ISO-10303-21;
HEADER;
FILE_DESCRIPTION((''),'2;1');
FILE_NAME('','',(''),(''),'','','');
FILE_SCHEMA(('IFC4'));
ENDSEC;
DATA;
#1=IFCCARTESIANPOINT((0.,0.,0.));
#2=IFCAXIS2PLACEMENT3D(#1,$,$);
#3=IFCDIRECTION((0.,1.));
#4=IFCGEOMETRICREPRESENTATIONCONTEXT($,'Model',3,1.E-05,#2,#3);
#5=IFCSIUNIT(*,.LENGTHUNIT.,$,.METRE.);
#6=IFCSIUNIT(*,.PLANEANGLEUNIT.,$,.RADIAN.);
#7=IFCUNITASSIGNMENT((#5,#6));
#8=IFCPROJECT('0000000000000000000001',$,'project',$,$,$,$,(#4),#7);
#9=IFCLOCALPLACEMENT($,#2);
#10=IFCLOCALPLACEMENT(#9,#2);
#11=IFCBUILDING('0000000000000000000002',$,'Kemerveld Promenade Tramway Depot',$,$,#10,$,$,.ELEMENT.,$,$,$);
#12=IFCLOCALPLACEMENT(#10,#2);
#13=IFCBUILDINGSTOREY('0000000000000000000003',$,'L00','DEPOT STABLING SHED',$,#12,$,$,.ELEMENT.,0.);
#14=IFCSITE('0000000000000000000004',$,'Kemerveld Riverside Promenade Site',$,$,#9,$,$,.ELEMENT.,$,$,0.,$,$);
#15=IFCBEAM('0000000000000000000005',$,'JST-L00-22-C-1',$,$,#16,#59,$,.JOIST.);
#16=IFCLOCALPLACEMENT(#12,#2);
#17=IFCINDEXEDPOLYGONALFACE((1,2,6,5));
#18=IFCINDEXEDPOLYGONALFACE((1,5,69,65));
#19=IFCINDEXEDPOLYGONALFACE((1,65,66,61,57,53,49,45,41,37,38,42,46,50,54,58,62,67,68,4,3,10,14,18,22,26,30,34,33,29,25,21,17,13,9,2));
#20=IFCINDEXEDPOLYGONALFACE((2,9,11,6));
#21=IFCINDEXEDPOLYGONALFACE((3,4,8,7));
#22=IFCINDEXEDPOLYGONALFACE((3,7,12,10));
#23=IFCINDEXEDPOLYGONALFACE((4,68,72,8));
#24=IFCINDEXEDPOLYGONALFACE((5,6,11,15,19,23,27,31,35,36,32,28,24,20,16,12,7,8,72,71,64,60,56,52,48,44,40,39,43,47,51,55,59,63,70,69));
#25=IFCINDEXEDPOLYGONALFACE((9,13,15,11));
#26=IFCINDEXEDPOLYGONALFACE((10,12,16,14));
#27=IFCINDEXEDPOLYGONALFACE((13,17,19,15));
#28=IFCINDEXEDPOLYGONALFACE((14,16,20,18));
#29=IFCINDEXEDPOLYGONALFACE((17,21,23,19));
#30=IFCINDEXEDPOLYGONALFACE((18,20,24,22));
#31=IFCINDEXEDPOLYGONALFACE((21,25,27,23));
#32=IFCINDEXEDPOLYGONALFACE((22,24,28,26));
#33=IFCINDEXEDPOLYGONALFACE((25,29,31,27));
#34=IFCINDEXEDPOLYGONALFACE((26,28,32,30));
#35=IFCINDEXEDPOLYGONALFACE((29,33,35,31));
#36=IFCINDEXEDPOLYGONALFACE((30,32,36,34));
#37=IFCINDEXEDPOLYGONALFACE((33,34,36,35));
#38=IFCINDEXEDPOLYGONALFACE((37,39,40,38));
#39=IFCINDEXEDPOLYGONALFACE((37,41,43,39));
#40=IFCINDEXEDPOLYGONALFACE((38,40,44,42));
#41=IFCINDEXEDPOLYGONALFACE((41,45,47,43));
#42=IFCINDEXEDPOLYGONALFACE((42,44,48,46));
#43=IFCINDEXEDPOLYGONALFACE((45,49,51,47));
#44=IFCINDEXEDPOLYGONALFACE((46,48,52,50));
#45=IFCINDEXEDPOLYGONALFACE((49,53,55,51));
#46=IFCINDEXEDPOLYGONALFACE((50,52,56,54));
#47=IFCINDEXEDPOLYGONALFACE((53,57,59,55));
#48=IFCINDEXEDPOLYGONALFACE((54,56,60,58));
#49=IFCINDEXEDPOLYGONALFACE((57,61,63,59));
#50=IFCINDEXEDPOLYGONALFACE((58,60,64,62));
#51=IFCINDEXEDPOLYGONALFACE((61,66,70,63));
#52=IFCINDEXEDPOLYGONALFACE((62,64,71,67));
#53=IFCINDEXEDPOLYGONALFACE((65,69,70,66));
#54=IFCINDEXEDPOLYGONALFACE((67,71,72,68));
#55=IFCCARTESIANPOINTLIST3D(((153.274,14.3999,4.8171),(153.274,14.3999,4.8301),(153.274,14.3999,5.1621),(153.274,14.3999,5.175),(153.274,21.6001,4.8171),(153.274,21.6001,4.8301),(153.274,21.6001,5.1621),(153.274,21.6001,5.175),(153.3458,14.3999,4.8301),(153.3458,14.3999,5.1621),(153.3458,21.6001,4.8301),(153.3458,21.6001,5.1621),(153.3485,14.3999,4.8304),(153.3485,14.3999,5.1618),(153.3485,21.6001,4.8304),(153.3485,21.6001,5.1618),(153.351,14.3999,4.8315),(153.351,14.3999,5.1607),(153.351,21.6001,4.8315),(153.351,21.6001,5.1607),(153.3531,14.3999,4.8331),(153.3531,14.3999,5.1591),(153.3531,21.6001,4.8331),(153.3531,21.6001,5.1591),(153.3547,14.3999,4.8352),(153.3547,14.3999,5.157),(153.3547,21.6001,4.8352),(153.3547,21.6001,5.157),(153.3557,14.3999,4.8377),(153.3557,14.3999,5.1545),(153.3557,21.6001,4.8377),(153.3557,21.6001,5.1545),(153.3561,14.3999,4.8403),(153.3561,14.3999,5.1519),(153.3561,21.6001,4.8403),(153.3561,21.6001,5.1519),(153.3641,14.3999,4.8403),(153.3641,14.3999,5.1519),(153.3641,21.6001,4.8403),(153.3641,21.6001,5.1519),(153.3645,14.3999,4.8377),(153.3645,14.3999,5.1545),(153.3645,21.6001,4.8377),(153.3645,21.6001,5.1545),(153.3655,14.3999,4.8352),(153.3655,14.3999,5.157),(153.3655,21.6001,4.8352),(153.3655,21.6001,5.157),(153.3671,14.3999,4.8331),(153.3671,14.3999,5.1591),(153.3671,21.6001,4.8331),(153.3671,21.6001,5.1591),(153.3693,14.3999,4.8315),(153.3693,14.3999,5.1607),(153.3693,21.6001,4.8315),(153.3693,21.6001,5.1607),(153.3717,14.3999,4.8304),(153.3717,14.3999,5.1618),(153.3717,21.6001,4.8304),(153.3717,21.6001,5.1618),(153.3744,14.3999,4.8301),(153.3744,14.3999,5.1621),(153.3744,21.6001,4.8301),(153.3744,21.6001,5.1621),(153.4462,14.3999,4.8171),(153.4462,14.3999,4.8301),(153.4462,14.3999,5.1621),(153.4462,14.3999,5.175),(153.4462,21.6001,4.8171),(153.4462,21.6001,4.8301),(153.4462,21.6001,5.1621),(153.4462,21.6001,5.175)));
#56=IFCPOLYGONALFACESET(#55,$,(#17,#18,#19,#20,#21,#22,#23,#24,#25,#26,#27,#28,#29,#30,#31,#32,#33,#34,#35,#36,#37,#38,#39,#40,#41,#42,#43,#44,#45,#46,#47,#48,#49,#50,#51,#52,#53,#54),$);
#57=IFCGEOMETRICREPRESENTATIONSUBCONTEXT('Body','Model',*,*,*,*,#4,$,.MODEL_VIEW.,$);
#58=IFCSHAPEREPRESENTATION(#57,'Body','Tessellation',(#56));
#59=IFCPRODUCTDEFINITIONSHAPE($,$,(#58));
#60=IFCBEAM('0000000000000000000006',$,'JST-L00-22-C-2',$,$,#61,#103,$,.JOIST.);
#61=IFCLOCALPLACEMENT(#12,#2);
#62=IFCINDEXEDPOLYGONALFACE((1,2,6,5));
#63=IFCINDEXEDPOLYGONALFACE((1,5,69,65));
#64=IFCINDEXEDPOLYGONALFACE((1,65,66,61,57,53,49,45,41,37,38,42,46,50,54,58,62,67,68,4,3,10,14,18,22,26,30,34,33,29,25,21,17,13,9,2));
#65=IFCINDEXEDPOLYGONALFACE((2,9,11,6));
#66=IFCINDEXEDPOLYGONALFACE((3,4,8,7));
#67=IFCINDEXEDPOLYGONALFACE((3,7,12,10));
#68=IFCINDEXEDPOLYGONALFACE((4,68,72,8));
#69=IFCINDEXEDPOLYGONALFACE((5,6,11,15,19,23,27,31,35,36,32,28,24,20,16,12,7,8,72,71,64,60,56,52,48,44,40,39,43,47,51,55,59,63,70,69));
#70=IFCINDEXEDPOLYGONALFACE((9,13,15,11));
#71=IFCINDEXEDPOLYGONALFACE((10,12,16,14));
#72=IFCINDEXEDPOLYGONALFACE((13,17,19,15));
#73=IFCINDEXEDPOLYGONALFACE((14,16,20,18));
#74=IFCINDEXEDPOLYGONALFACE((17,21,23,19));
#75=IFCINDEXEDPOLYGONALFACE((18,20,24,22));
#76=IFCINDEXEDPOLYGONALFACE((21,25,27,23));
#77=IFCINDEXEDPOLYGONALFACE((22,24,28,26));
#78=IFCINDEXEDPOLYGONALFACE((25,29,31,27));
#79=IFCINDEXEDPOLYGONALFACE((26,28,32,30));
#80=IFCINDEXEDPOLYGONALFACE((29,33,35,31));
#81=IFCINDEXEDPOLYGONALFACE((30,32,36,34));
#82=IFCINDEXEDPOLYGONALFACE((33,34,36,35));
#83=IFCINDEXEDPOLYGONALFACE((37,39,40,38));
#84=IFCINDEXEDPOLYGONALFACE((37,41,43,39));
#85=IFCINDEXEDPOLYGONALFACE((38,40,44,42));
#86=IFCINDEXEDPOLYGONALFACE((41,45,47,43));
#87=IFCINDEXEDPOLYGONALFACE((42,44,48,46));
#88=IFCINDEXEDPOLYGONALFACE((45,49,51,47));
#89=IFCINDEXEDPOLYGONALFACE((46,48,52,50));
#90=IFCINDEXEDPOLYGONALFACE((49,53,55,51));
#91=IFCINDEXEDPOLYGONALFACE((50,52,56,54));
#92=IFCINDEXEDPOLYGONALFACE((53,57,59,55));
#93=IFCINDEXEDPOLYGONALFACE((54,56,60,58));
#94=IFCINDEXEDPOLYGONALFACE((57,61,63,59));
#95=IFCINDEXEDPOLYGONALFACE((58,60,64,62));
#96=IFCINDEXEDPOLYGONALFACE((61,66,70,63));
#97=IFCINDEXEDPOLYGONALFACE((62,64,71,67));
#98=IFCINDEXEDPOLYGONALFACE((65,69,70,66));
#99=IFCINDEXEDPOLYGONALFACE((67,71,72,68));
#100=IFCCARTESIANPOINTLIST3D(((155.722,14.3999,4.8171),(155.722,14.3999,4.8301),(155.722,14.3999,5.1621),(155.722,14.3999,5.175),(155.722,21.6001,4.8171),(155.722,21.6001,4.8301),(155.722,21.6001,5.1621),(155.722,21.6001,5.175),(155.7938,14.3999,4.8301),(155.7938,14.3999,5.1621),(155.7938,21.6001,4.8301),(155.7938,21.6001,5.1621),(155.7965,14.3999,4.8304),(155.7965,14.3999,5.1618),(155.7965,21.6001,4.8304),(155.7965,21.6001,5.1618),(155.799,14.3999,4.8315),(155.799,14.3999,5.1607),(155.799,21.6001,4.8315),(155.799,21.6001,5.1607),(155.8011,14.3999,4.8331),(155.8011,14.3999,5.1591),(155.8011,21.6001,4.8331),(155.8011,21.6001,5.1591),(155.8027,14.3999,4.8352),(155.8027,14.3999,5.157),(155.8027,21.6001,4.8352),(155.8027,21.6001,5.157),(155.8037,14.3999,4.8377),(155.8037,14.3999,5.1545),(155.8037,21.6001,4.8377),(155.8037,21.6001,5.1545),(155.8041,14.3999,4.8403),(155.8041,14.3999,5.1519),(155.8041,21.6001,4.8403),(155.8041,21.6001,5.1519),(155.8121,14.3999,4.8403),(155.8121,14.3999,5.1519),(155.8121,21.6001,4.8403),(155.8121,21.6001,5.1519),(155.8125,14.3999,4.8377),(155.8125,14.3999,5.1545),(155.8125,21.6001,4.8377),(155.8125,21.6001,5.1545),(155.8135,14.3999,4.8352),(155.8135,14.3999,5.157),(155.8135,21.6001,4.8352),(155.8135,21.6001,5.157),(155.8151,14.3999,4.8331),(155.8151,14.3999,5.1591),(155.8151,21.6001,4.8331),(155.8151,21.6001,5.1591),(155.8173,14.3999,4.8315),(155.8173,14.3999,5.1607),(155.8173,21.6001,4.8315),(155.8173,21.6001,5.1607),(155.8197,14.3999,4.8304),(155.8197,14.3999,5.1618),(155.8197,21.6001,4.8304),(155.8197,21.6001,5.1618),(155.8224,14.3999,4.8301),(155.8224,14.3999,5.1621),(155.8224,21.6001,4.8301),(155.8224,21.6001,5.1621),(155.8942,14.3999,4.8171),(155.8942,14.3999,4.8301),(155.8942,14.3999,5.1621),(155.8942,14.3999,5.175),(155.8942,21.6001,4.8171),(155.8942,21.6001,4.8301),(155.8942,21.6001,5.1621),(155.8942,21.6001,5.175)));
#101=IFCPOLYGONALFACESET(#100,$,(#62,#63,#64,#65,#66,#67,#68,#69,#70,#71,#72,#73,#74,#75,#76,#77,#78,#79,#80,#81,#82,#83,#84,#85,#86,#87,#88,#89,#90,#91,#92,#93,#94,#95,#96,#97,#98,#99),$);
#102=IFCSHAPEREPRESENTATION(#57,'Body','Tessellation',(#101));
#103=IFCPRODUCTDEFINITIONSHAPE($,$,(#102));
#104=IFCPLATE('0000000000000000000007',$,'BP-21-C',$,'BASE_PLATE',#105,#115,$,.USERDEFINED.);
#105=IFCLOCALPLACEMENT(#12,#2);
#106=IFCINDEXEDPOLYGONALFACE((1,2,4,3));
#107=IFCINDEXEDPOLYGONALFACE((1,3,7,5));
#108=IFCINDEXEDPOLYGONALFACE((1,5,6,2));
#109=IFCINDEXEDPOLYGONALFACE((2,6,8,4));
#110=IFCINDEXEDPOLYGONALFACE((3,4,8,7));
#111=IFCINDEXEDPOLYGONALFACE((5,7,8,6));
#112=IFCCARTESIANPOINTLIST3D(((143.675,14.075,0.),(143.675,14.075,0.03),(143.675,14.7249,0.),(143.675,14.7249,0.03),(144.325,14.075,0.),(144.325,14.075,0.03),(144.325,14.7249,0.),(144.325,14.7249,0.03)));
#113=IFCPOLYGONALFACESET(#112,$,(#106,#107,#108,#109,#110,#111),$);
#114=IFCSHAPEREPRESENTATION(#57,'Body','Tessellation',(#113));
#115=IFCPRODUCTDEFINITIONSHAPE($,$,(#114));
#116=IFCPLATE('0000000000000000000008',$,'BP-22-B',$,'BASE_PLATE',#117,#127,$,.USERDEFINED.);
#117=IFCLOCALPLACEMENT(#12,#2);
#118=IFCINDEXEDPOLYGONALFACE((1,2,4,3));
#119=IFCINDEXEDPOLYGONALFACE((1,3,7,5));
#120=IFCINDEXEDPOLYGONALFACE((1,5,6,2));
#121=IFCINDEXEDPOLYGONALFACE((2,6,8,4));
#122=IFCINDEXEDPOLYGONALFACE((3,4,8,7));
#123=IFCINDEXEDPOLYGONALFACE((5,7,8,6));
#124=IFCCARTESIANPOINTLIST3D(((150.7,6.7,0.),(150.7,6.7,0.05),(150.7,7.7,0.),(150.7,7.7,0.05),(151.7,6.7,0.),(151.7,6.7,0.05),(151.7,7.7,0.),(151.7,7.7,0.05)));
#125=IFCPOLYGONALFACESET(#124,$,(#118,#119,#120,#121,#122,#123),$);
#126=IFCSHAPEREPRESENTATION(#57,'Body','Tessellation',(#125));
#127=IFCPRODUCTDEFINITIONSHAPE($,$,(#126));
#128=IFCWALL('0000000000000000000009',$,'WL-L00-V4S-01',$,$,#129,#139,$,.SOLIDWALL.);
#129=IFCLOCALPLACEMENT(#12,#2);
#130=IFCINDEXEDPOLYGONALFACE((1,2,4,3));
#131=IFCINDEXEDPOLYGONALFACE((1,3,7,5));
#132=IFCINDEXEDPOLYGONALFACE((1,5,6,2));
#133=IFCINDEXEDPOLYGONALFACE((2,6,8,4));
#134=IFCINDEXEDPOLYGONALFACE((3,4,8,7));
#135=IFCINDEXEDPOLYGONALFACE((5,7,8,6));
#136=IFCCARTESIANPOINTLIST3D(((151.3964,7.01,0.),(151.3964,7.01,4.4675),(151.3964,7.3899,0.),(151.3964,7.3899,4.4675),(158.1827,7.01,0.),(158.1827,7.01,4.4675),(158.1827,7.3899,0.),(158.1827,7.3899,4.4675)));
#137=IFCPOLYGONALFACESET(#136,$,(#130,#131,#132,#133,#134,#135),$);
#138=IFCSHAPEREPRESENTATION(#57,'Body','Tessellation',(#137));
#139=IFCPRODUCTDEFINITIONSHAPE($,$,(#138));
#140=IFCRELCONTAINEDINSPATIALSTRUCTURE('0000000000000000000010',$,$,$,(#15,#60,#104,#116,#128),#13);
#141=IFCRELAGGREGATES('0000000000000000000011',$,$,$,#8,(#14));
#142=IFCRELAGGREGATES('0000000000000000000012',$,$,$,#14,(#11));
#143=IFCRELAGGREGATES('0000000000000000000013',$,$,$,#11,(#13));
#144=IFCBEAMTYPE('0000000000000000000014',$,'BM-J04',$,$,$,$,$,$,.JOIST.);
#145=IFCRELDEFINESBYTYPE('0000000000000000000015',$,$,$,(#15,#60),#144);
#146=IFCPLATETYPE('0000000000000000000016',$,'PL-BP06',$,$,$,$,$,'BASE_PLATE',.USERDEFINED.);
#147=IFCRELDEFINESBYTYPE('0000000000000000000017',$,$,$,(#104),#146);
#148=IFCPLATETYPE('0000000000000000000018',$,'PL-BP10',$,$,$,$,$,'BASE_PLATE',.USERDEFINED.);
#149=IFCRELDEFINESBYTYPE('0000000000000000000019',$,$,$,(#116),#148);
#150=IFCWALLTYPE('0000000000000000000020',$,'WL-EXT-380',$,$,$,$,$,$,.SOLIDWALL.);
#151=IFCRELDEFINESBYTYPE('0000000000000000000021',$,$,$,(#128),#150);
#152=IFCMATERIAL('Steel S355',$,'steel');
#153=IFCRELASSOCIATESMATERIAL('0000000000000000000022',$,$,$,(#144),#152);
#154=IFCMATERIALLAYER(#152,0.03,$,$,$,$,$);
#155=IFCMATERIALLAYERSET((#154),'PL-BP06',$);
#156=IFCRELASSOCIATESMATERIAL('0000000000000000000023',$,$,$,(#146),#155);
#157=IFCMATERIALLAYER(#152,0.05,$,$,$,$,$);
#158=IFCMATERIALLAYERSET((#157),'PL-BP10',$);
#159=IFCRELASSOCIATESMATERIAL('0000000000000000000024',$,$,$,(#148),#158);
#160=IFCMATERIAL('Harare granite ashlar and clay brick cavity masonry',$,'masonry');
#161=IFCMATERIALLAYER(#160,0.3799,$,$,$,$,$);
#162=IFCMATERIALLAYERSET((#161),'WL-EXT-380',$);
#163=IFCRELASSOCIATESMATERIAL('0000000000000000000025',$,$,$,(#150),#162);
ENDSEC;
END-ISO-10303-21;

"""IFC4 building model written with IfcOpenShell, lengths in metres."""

from ifc_helpers import new_model, si_unit, direction, frame, frame_2d, origin, origin_2d, place, context, subcontext, project, spatial, rectangle, i_section, extrude, material, layer, layer_set, material_profile, profile_set, type_object, element, save


model = new_model("IFC4")

# Units and contexts
model_context = context("Model", 3, precision=1e-05, world=origin(), true_north=direction((0.0, 1.0)))
body_context = subcontext(model_context, "Body", "Model", "MODEL_VIEW")
ifc_project = project(units=[si_unit("LENGTHUNIT", "METRE"), si_unit("PLANEANGLEUNIT", "RADIAN")], contexts=[model_context])

# Site, building, storey
site_placement = place(None, origin())
site = spatial("IfcSite", under=ifc_project, at=site_placement, Name="Kemerveld Riverside Promenade Site", CompositionType="ELEMENT", RefElevation=0.0)
building_placement = place(site_placement, origin())
building = spatial("IfcBuilding", under=site, at=building_placement, Name="Kemerveld Promenade Tramway Depot", CompositionType="ELEMENT")
storey_placement = place(building_placement, origin())
storey = spatial("IfcBuildingStorey", under=building, at=storey_placement, Name="L00", Description="DEPOT STABLING SHED", CompositionType="ELEMENT", Elevation=0.0)

# Shared definitions
ifc_material_1 = material(Name="Steel S355", Category="steel")

# Beams
ifc_material_profile_1 = material_profile(ifc_material_1, i_section(OverallWidth=0.1721, OverallDepth=0.3579, WebThickness=0.0081, FlangeThickness=0.0129, FilletRadius=0.0103, at=origin_2d()), Name="356x171x57 UB")
ifc_profile_set_1 = profile_set([ifc_material_profile_1], Name="Steel S355")
beam_type_1 = type_object("IfcBeamType", Name="BM-J04", PredefinedType="JOIST", material=ifc_profile_set_1)
for number, where, z_axis, x_axis, name in (
    (1, (153.3601, 14.3999, 4.9961), (0.0, 1.0, 0.0), (-1.0, 0.0, 0.0), "JST-L00-22-C-1"),
    (2, (155.8081, 14.3999, 4.9961), (0.0, 1.0, 0.0), (-1.0, 0.0, 0.0), "JST-L00-22-C-2"),
):
    element("IfcBeam", number, at=place(storey_placement, frame(where, z_axis=z_axis, x_axis=x_axis)), inside=storey, type_object=beam_type_1, Name=name, PredefinedType="JOIST", context=body_context, shape_type="SweptSolid", body=[
        extrude(i_section(OverallWidth=0.1721, OverallDepth=0.3579, WebThickness=0.0081, FlangeThickness=0.0129, FilletRadius=0.0103, at=origin_2d()), origin(), (0.0, 0.0, 1.0), 7.2002),
    ])

# Plates
ifc_layer_1 = layer(ifc_material_1, 0.03)
ifc_layer_set_1 = layer_set([ifc_layer_1], Name="PL-BP06")
plate_type_1 = type_object("IfcPlateType", Name="PL-BP06", ElementType="BASE_PLATE", PredefinedType="USERDEFINED", material=ifc_layer_set_1)
plate_1_placement = place(storey_placement, frame((144.0, 14.3999, 0.0), z_axis=(0.0, 0.0, 1.0), x_axis=(1.0, 0.0, 0.0)))
element("IfcPlate", 3, at=plate_1_placement, inside=storey, type_object=plate_type_1, Name="BP-21-C", ObjectType="BASE_PLATE", PredefinedType="USERDEFINED", context=body_context, shape_type="SweptSolid", body=[
    extrude(rectangle(XDim=0.6499, YDim=0.6499, at=origin_2d()), origin(), (0.0, 0.0, 1.0), 0.03),
])
ifc_layer_2 = layer(ifc_material_1, 0.05)
ifc_layer_set_2 = layer_set([ifc_layer_2], Name="PL-BP10")
plate_type_2 = type_object("IfcPlateType", Name="PL-BP10", ElementType="BASE_PLATE", PredefinedType="USERDEFINED", material=ifc_layer_set_2)
plate_2_placement = place(storey_placement, frame((151.2, 7.2, 0.0), z_axis=(0.0, 0.0, 1.0), x_axis=(1.0, 0.0, 0.0)))
element("IfcPlate", 4, at=plate_2_placement, inside=storey, type_object=plate_type_2, Name="BP-22-B", ObjectType="BASE_PLATE", PredefinedType="USERDEFINED", context=body_context, shape_type="SweptSolid", body=[
    extrude(rectangle(XDim=1.0, YDim=1.0, at=origin_2d()), origin(), (0.0, 0.0, 1.0), 0.05),
])

# Wall
ifc_material_2 = material(Name="Harare granite ashlar and clay brick cavity masonry", Category="masonry")
ifc_layer_3 = layer(ifc_material_2, 0.3799)
ifc_layer_set_3 = layer_set([ifc_layer_3], Name="WL-EXT-380")
wall_type = type_object("IfcWallType", Name="WL-EXT-380", PredefinedType="SOLIDWALL", material=ifc_layer_set_3)
wall_placement = place(storey_placement, frame((158.1826, 7.2, 0.0), z_axis=(0.0, 0.0, 1.0), x_axis=(-1.0, 0.0, 0.0)))
element("IfcWall", 5, at=wall_placement, inside=storey, type_object=wall_type, Name="WL-L00-V4S-01", PredefinedType="SOLIDWALL", context=body_context, shape_type="SweptSolid", body=[
    extrude(rectangle(XDim=6.7864, YDim=0.3799, at=frame_2d((3.3931, 0.0))), origin(), (0.0, 0.0, 1.0), 4.4675),
])

save(model, "model.ifc")
